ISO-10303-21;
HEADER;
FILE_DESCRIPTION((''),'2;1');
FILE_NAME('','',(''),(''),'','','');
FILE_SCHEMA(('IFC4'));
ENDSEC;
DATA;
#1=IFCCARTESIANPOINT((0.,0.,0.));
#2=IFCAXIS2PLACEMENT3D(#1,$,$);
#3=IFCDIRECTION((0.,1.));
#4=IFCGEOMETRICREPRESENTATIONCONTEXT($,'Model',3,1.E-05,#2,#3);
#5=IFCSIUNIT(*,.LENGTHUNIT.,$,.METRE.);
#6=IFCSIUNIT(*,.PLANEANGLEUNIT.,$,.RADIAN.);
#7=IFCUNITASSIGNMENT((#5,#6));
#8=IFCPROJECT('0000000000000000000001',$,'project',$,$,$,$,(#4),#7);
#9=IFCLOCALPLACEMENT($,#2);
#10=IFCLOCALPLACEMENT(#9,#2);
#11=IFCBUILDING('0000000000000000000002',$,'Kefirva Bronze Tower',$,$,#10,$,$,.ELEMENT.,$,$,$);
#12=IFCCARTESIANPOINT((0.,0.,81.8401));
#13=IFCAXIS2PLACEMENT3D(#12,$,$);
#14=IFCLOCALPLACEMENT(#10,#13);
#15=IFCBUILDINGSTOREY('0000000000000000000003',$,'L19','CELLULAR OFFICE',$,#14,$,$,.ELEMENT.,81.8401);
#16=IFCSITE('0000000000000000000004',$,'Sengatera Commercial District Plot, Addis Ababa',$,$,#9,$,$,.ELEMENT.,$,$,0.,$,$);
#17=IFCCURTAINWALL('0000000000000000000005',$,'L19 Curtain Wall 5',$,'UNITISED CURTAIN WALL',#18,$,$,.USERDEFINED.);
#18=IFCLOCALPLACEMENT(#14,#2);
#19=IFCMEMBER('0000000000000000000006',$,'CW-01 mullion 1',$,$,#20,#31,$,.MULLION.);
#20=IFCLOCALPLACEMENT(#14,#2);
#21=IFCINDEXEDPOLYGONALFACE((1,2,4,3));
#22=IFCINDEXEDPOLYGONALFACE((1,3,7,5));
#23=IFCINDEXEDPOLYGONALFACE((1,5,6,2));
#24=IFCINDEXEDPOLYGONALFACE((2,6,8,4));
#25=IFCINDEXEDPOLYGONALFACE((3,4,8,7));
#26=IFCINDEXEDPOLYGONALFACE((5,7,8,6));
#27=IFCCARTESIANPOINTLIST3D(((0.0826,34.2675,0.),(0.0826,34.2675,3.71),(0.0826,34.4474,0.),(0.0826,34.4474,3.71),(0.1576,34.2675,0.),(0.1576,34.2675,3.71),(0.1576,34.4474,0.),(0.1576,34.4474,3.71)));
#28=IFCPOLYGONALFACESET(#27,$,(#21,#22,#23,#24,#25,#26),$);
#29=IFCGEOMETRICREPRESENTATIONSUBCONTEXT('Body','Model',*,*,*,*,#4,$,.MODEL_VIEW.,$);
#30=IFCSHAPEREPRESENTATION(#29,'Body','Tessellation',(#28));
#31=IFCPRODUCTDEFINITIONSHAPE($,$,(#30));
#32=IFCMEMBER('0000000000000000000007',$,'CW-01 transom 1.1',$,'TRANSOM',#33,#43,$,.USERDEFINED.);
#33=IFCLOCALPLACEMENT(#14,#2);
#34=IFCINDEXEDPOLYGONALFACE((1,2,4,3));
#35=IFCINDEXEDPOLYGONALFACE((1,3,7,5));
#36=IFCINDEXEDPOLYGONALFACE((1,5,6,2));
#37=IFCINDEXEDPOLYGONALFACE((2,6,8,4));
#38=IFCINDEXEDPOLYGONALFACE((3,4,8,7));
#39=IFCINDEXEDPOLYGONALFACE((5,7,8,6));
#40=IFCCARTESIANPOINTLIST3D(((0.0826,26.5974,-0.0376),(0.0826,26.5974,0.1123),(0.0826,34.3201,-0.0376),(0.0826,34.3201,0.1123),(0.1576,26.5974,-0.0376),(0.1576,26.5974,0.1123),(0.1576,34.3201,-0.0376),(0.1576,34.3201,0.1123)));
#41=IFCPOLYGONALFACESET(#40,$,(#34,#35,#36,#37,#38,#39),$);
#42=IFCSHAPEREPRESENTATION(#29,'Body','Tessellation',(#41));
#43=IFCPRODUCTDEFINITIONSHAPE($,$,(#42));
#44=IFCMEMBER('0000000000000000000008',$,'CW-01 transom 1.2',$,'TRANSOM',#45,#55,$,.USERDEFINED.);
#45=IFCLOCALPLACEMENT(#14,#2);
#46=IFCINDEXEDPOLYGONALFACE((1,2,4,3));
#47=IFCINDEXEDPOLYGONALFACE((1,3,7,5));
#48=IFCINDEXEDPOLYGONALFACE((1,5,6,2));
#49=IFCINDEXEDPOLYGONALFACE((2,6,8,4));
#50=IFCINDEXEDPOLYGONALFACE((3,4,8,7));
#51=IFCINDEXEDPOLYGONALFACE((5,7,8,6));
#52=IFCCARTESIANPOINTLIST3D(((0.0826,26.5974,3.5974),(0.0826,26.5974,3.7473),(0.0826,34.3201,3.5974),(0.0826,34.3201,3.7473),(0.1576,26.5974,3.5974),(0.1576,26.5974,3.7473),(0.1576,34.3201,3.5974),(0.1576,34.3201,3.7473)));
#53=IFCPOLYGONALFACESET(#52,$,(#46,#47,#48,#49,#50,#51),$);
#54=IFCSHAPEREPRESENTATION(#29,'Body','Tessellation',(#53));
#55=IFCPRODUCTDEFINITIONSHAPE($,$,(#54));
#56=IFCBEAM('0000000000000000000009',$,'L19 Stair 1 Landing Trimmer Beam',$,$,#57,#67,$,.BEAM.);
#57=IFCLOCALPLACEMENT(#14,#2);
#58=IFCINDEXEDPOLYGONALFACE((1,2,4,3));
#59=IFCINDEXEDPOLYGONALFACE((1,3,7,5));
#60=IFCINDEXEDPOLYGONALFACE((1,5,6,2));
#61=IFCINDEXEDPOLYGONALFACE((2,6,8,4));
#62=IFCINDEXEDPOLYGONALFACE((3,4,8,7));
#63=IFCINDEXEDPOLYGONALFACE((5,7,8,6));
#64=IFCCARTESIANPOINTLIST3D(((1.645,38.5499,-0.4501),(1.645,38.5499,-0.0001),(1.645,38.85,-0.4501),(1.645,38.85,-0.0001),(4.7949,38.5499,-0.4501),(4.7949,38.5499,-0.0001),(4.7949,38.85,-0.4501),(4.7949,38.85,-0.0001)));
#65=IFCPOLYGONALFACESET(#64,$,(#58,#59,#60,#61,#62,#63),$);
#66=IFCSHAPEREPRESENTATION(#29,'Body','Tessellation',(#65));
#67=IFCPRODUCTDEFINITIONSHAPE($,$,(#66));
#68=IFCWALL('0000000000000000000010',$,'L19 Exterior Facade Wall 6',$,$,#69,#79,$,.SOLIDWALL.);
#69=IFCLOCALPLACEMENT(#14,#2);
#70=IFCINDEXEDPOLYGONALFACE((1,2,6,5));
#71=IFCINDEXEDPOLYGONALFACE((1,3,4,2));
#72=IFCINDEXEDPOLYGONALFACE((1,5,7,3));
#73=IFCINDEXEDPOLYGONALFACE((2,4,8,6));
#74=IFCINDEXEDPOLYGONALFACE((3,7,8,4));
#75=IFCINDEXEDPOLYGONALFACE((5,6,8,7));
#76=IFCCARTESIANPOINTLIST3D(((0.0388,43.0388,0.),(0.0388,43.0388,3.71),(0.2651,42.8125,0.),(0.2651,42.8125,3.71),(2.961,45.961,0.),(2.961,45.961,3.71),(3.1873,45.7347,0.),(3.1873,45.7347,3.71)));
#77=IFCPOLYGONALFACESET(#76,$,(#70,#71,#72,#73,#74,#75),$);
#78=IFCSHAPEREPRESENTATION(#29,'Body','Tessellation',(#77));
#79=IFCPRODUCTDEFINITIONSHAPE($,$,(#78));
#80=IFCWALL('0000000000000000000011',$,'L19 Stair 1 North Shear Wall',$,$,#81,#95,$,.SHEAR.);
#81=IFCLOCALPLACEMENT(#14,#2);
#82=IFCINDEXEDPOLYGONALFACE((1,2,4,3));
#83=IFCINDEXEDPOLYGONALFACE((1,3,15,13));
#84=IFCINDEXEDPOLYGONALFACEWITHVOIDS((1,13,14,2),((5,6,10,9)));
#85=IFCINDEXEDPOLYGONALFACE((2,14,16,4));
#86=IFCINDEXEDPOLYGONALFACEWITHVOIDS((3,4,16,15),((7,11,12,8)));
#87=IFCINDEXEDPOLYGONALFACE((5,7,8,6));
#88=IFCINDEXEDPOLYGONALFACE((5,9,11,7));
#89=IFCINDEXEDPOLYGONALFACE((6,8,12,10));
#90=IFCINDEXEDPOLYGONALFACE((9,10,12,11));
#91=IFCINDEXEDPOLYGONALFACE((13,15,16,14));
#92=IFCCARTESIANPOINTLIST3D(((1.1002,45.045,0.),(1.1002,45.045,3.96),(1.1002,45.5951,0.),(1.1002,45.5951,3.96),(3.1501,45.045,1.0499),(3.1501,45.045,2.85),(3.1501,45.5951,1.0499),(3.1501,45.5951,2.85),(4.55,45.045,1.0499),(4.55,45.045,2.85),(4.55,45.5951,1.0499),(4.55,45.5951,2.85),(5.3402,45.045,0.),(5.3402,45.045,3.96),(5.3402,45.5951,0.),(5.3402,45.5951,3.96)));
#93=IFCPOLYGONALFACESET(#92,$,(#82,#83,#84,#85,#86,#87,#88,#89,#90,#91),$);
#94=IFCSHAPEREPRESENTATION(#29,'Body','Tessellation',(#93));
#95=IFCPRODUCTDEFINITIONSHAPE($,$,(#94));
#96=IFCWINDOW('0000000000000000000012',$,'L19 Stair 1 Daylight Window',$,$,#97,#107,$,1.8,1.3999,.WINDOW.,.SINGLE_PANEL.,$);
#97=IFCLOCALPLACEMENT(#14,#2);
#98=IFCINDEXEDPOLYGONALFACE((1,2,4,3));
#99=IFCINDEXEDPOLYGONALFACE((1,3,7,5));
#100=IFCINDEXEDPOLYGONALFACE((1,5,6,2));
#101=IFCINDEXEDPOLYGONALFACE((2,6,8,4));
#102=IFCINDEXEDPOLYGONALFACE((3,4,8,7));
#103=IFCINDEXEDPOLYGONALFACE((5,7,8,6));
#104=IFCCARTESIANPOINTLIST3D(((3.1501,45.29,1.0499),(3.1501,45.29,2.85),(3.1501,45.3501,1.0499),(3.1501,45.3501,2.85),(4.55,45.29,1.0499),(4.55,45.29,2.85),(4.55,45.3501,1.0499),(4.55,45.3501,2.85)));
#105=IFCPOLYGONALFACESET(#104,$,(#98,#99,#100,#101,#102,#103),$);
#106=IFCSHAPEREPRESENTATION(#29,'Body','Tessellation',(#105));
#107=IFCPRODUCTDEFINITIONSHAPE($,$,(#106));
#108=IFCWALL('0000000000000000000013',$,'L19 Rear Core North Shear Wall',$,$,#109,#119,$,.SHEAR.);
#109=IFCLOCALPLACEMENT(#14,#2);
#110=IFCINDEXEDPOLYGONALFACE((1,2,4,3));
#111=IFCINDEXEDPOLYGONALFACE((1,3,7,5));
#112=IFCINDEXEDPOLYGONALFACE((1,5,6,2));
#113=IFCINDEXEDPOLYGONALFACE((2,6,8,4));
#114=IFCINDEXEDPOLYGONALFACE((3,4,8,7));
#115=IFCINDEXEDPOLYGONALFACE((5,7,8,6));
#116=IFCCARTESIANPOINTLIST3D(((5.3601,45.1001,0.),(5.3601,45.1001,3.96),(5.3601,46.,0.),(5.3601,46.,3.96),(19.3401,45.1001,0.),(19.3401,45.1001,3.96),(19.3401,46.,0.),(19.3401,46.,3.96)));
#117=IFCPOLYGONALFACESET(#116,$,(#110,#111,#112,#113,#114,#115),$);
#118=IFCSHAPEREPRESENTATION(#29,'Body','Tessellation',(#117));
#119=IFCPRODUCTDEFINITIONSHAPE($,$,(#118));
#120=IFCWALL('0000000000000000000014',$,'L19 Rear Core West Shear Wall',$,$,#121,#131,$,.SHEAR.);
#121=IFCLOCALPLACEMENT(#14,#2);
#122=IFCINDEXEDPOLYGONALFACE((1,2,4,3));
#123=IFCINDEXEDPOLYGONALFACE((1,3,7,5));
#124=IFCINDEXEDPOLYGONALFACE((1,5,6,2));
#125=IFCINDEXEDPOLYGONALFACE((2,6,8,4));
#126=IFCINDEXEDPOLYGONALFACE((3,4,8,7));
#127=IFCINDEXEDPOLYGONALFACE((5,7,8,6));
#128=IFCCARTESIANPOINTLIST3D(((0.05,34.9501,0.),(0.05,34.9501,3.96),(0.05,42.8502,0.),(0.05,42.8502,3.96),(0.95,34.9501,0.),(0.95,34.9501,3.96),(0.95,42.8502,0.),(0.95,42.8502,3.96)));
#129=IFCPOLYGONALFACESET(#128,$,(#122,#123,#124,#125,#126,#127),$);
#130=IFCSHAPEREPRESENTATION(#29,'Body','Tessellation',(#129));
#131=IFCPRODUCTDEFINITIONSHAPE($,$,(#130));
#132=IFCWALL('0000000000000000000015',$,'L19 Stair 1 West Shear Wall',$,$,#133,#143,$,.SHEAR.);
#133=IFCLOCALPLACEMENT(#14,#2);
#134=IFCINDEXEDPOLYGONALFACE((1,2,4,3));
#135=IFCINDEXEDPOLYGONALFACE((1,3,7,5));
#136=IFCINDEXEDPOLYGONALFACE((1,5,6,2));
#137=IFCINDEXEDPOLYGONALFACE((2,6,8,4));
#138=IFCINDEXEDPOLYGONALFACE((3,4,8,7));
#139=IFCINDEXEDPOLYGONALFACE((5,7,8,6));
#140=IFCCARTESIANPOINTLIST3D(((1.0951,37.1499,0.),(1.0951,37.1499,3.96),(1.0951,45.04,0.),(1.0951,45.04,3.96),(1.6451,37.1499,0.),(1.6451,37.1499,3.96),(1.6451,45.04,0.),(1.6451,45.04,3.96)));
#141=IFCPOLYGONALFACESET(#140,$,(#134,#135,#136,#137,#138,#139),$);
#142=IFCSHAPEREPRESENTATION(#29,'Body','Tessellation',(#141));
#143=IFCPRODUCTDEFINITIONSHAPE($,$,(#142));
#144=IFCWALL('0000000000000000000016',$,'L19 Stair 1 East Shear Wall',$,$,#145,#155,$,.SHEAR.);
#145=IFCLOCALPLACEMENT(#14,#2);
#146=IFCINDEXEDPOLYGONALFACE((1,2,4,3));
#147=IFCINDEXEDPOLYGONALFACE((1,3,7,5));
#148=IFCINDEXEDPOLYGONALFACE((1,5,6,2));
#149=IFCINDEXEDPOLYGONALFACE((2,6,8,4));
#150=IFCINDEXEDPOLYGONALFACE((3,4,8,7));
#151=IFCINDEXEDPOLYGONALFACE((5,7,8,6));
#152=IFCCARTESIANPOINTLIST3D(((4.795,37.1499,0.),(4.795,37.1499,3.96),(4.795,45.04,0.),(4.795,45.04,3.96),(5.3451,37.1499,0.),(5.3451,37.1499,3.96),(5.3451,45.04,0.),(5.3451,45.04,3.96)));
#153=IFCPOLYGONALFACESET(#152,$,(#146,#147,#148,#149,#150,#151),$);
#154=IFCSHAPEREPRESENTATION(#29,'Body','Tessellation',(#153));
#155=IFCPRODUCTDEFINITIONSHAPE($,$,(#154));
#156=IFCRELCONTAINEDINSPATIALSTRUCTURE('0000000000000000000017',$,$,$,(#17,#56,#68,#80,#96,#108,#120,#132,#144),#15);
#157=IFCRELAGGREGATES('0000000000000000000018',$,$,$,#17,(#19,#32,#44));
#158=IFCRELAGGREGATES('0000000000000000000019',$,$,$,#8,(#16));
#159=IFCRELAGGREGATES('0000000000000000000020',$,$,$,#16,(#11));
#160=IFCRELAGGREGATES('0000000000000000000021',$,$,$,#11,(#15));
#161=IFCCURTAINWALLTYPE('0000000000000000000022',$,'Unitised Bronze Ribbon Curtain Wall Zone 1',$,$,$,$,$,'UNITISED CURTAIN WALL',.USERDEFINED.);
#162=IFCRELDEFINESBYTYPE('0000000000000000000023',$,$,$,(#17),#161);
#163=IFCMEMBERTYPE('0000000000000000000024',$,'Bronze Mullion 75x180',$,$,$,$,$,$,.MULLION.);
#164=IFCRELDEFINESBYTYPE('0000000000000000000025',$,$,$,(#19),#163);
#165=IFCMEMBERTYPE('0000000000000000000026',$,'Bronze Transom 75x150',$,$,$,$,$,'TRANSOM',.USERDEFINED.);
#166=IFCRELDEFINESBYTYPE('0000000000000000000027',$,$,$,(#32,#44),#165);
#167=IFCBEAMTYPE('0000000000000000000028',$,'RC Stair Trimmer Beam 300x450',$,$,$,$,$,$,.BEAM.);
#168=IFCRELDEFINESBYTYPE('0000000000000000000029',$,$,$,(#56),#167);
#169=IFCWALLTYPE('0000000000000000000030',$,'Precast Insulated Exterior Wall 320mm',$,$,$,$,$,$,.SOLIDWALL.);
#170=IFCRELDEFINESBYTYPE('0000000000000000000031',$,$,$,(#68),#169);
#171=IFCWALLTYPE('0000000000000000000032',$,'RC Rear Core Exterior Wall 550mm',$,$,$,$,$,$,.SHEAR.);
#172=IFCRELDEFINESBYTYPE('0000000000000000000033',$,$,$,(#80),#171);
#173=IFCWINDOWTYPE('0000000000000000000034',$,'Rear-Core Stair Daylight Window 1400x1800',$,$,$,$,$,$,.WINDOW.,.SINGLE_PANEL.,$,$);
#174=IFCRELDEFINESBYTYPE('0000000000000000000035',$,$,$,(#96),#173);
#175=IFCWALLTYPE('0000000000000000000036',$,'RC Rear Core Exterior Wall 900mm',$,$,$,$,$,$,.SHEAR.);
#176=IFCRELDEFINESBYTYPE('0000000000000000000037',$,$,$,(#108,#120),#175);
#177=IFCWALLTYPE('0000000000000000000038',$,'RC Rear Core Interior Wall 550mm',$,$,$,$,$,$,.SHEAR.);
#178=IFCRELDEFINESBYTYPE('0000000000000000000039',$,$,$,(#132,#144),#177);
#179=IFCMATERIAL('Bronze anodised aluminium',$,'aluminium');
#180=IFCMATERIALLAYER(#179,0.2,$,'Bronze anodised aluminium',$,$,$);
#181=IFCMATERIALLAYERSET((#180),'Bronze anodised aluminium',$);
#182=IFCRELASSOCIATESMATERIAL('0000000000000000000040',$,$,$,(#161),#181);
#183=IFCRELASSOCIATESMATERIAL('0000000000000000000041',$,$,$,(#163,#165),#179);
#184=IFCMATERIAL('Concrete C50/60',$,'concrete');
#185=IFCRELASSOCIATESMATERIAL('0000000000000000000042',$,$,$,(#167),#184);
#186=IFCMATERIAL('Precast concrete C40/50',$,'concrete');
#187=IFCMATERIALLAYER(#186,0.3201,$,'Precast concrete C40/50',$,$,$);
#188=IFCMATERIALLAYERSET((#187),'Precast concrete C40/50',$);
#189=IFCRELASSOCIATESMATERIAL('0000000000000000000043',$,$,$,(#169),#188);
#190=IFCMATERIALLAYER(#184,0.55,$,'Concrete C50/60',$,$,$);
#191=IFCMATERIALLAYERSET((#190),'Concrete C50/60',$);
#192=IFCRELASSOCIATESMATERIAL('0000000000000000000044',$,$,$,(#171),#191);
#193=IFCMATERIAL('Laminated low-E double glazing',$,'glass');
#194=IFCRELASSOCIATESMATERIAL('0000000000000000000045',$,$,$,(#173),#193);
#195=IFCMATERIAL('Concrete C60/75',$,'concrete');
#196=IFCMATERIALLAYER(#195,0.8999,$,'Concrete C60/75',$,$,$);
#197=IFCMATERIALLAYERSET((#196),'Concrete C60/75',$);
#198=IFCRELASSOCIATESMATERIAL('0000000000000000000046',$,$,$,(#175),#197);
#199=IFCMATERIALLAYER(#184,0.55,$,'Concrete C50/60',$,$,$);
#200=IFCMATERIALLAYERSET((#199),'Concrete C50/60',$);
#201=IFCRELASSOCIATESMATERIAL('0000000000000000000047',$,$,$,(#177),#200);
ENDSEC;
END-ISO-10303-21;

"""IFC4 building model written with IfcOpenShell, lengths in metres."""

from ifc_helpers import new_model, si_unit, direction, frame, frame_2d, origin, origin_2d, place, context, subcontext, project, spatial, rectangle, extrude, material, layer, layer_set, material_profile, profile_set, type_object, element, fill, aggregate, save


model = new_model("IFC4")

# Units and contexts
model_context = context("Model", 3, precision=1e-05, world=origin(), true_north=direction((0.0, 1.0)))
body_context = subcontext(model_context, "Body", "Model", "MODEL_VIEW")
ifc_project = project(units=[si_unit("LENGTHUNIT", "METRE"), si_unit("PLANEANGLEUNIT", "RADIAN")], contexts=[model_context])

# Site, building, storey
site_placement = place(None, origin())
site = spatial("IfcSite", under=ifc_project, at=site_placement, Name="Sengatera Commercial District Plot, Addis Ababa", CompositionType="ELEMENT", RefElevation=0.0)
building_placement = place(site_placement, origin())
building = spatial("IfcBuilding", under=site, at=building_placement, Name="Kefirva Bronze Tower", CompositionType="ELEMENT")
storey_placement = place(building_placement, frame((0.0, 0.0, 81.8401)))
storey = spatial("IfcBuildingStorey", under=building, at=storey_placement, Name="L19", Description="CELLULAR OFFICE", CompositionType="ELEMENT", Elevation=81.8401)

# Curtain wall, members
ifc_material_1 = material(Name="Bronze anodised aluminium", Category="aluminium")
ifc_layer_1 = layer(ifc_material_1, 0.2, Name="Bronze anodised aluminium")
ifc_layer_set_1 = layer_set([ifc_layer_1], Name="Bronze anodised aluminium")
curtain_wall_type = type_object("IfcCurtainWallType", Name="Unitised Bronze Ribbon Curtain Wall Zone 1", ElementType="UNITISED CURTAIN WALL", PredefinedType="USERDEFINED", material=ifc_layer_set_1)
curtain_wall_placement = place(storey_placement, origin())
curtain_wall = element("IfcCurtainWall", 1, at=curtain_wall_placement, inside=storey, type_object=curtain_wall_type, Name="L19 Curtain Wall 5", ObjectType="UNITISED CURTAIN WALL", PredefinedType="USERDEFINED")
ifc_material_profile_1 = material_profile(ifc_material_1, rectangle(XDim=0.075, YDim=0.1799, at=origin_2d()), Name="ALU 75x180")
ifc_profile_set_1 = profile_set([ifc_material_profile_1], Name="Bronze anodised aluminium")
member_type_1 = type_object("IfcMemberType", Name="Bronze Mullion 75x180", PredefinedType="MULLION", material=ifc_profile_set_1)
member_1_placement = place(storey_placement, frame((0.1201, 34.3574, 0.0), z_axis=(0.0, 0.0, 1.0), x_axis=(1.0, 0.0, 0.0)))
member_1 = element("IfcMember", 2, at=member_1_placement, type_object=member_type_1, Name="CW-01 mullion 1", PredefinedType="MULLION", context=body_context, shape_type="SweptSolid", body=[
    extrude(rectangle(XDim=0.075, YDim=0.1799, at=origin_2d()), origin(), (0.0, 0.0, 1.0), 3.71),
])
ifc_material_profile_2 = material_profile(ifc_material_1, rectangle(XDim=0.075, YDim=0.1499, at=origin_2d()), Name="ALU 75x150")
ifc_profile_set_2 = profile_set([ifc_material_profile_2], Name="Bronze anodised aluminium")
member_type_2 = type_object("IfcMemberType", Name="Bronze Transom 75x150", ElementType="TRANSOM", PredefinedType="USERDEFINED", material=ifc_profile_set_2)
member_2_placement = place(storey_placement, frame((0.1201, 34.3201, 0.0374), z_axis=(0.0, -1.0, 0.0), x_axis=(1.0, 0.0, 0.0)))
member_2 = element("IfcMember", 3, at=member_2_placement, type_object=member_type_2, Name="CW-01 transom 1.1", ObjectType="TRANSOM", PredefinedType="USERDEFINED", context=body_context, shape_type="SweptSolid", body=[
    extrude(rectangle(XDim=0.075, YDim=0.1499, at=origin_2d()), origin(), (0.0, 0.0, 1.0), 7.7227),
])
member_3_placement = place(storey_placement, frame((0.1201, 34.3201, 3.6724), z_axis=(0.0, -1.0, 0.0), x_axis=(1.0, 0.0, 0.0)))
member_3 = element("IfcMember", 4, at=member_3_placement, type_object=member_type_2, Name="CW-01 transom 1.2", ObjectType="TRANSOM", PredefinedType="USERDEFINED", context=body_context, shape_type="SweptSolid", body=[
    extrude(rectangle(XDim=0.075, YDim=0.1499, at=origin_2d()), origin(), (0.0, 0.0, 1.0), 7.7227),
])
aggregate(curtain_wall, [member_1, member_2, member_3])

# Beam
ifc_material_2 = material(Name="Concrete C50/60", Category="concrete")
ifc_material_profile_3 = material_profile(ifc_material_2, rectangle(XDim=0.3, YDim=0.45, at=origin_2d()), Name="RC 300x450")
ifc_profile_set_3 = profile_set([ifc_material_profile_3], Name="Concrete C50/60")
beam_type = type_object("IfcBeamType", Name="RC Stair Trimmer Beam 300x450", PredefinedType="BEAM", material=ifc_profile_set_3)
beam_placement = place(storey_placement, frame((1.645, 38.7, -0.2251), z_axis=(1.0, 0.0, 0.0), x_axis=(0.0, 1.0, 0.0)))
element("IfcBeam", 5, at=beam_placement, inside=storey, type_object=beam_type, Name="L19 Stair 1 Landing Trimmer Beam", PredefinedType="BEAM", context=body_context, shape_type="SweptSolid", body=[
    extrude(rectangle(XDim=0.3, YDim=0.45, at=origin_2d()), origin(), (0.0, 0.0, 1.0), 3.1499),
])

# Wall
ifc_material_3 = material(Name="Precast concrete C40/50", Category="concrete")
ifc_layer_2 = layer(ifc_material_3, 0.3201, Name="Precast concrete C40/50")
ifc_layer_set_2 = layer_set([ifc_layer_2], Name="Precast concrete C40/50")
wall_type_1 = type_object("IfcWallType", Name="Precast Insulated Exterior Wall 320mm", PredefinedType="SOLIDWALL", material=ifc_layer_set_2)
wall_1_placement = place(storey_placement, frame((3.0742, 45.8479, 0.0), z_axis=(0.0, 0.0, 1.0), x_axis=(-0.707107, -0.707107, 0.0)))
element("IfcWall", 6, at=wall_1_placement, inside=storey, type_object=wall_type_1, Name="L19 Exterior Facade Wall 6", PredefinedType="SOLIDWALL", context=body_context, shape_type="SweptSolid", body=[
    extrude(rectangle(XDim=4.1326, YDim=0.3201, at=frame_2d((2.0664, 0.0))), origin(), (0.0, 0.0, 1.0), 3.71),
])

# Wall, opening, window
ifc_layer_3 = layer(ifc_material_2, 0.55, Name="Concrete C50/60")
ifc_layer_set_3 = layer_set([ifc_layer_3], Name="Concrete C50/60")
wall_type_2 = type_object("IfcWallType", Name="RC Rear Core Exterior Wall 550mm", PredefinedType="SHEAR", material=ifc_layer_set_3)
wall_2_placement = place(storey_placement, frame((1.1001, 45.3201, 0.0), z_axis=(0.0, 0.0, 1.0), x_axis=(1.0, 0.0, 0.0)))
wall_2 = element("IfcWall", 7, at=wall_2_placement, inside=storey, type_object=wall_type_2, Name="L19 Stair 1 North Shear Wall", PredefinedType="SHEAR", context=body_context, shape_type="SweptSolid", body=[
    extrude(rectangle(XDim=4.24, YDim=0.55, at=frame_2d((2.1201, 0.0))), origin(), (0.0, 0.0, 1.0), 3.96),
])
opening_1_placement = place(wall_2_placement, frame((2.05, 0.0, 1.05)))
opening_1 = element("IfcOpeningElement", 8, at=opening_1_placement, cuts=wall_2, PredefinedType="OPENING", context=body_context, shape_type="SweptSolid", body=[
    extrude(rectangle(XDim=1.3999, YDim=1.8, at=frame_2d((0.7, 0.8999))), frame((0.0, 0.2852, 0.0), z_axis=(0.0, -1.0, 0.0), x_axis=(1.0, 0.0, 0.0)), (0.0, 0.0, 1.0), 0.5701),
])
ifc_material_4 = material(Name="Laminated low-E double glazing", Category="glass")
window_type = type_object("IfcWindowType", Name="Rear-Core Stair Daylight Window 1400x1800", PartitioningType="SINGLE_PANEL", PredefinedType="WINDOW", material=ifc_material_4)
window_placement = place(opening_1_placement, origin())
window = element("IfcWindow", 9, at=window_placement, inside=storey, type_object=window_type, Name="L19 Stair 1 Daylight Window", OverallHeight=1.8, OverallWidth=1.3999, PartitioningType="SINGLE_PANEL", PredefinedType="WINDOW", context=body_context, shape_type="SweptSolid", body=[
    extrude(rectangle(XDim=1.3999, YDim=1.8, at=frame_2d((0.7, 0.8999))), frame((0.0, 0.03, 0.0), z_axis=(0.0, -1.0, 0.0), x_axis=(1.0, 0.0, 0.0)), (0.0, 0.0, 1.0), 0.0601),
])
fill(opening_1, window)

# Walls
ifc_material_5 = material(Name="Concrete C60/75", Category="concrete")
ifc_layer_4 = layer(ifc_material_5, 0.8999, Name="Concrete C60/75")
ifc_layer_set_4 = layer_set([ifc_layer_4], Name="Concrete C60/75")
wall_type_3 = type_object("IfcWallType", Name="RC Rear Core Exterior Wall 900mm", PredefinedType="SHEAR", material=ifc_layer_set_4)
wall_3_placement = place(storey_placement, frame((5.3601, 45.55, 0.0), z_axis=(0.0, 0.0, 1.0), x_axis=(1.0, 0.0, 0.0)))
element("IfcWall", 10, at=wall_3_placement, inside=storey, type_object=wall_type_3, Name="L19 Rear Core North Shear Wall", PredefinedType="SHEAR", context=body_context, shape_type="SweptSolid", body=[
    extrude(rectangle(XDim=13.98, YDim=0.8999, at=frame_2d((6.99, 0.0))), origin(), (0.0, 0.0, 1.0), 3.96),
])
wall_4_placement = place(storey_placement, frame((0.5, 34.95, 0.0), z_axis=(0.0, 0.0, 1.0), x_axis=(0.0, 1.0, 0.0)))
element("IfcWall", 11, at=wall_4_placement, inside=storey, type_object=wall_type_3, Name="L19 Rear Core West Shear Wall", PredefinedType="SHEAR", context=body_context, shape_type="SweptSolid", body=[
    extrude(rectangle(XDim=7.9001, YDim=0.8999, at=frame_2d((3.9502, 0.0))), origin(), (0.0, 0.0, 1.0), 3.96),
])
ifc_layer_5 = layer(ifc_material_2, 0.55, Name="Concrete C50/60")
ifc_layer_set_5 = layer_set([ifc_layer_5], Name="Concrete C50/60")
wall_type_4 = type_object("IfcWallType", Name="RC Rear Core Interior Wall 550mm", PredefinedType="SHEAR", material=ifc_layer_set_5)
for number, where, z_axis, x_axis, name in (
    (12, (1.3701, 37.1499, 0.0), (0.0, 0.0, 1.0), (0.0, 1.0, 0.0), "L19 Stair 1 West Shear Wall"),
    (13, (5.0701, 37.1499, 0.0), (0.0, 0.0, 1.0), (0.0, 1.0, 0.0), "L19 Stair 1 East Shear Wall"),
):
    element("IfcWall", number, at=place(storey_placement, frame(where, z_axis=z_axis, x_axis=x_axis)), inside=storey, type_object=wall_type_4, Name=name, PredefinedType="SHEAR", context=body_context, shape_type="SweptSolid", body=[
        extrude(rectangle(XDim=7.8901, YDim=0.55, at=frame_2d((3.9451, 0.0))), origin(), (0.0, 0.0, 1.0), 3.96),
    ])

save(model, "model.ifc")
